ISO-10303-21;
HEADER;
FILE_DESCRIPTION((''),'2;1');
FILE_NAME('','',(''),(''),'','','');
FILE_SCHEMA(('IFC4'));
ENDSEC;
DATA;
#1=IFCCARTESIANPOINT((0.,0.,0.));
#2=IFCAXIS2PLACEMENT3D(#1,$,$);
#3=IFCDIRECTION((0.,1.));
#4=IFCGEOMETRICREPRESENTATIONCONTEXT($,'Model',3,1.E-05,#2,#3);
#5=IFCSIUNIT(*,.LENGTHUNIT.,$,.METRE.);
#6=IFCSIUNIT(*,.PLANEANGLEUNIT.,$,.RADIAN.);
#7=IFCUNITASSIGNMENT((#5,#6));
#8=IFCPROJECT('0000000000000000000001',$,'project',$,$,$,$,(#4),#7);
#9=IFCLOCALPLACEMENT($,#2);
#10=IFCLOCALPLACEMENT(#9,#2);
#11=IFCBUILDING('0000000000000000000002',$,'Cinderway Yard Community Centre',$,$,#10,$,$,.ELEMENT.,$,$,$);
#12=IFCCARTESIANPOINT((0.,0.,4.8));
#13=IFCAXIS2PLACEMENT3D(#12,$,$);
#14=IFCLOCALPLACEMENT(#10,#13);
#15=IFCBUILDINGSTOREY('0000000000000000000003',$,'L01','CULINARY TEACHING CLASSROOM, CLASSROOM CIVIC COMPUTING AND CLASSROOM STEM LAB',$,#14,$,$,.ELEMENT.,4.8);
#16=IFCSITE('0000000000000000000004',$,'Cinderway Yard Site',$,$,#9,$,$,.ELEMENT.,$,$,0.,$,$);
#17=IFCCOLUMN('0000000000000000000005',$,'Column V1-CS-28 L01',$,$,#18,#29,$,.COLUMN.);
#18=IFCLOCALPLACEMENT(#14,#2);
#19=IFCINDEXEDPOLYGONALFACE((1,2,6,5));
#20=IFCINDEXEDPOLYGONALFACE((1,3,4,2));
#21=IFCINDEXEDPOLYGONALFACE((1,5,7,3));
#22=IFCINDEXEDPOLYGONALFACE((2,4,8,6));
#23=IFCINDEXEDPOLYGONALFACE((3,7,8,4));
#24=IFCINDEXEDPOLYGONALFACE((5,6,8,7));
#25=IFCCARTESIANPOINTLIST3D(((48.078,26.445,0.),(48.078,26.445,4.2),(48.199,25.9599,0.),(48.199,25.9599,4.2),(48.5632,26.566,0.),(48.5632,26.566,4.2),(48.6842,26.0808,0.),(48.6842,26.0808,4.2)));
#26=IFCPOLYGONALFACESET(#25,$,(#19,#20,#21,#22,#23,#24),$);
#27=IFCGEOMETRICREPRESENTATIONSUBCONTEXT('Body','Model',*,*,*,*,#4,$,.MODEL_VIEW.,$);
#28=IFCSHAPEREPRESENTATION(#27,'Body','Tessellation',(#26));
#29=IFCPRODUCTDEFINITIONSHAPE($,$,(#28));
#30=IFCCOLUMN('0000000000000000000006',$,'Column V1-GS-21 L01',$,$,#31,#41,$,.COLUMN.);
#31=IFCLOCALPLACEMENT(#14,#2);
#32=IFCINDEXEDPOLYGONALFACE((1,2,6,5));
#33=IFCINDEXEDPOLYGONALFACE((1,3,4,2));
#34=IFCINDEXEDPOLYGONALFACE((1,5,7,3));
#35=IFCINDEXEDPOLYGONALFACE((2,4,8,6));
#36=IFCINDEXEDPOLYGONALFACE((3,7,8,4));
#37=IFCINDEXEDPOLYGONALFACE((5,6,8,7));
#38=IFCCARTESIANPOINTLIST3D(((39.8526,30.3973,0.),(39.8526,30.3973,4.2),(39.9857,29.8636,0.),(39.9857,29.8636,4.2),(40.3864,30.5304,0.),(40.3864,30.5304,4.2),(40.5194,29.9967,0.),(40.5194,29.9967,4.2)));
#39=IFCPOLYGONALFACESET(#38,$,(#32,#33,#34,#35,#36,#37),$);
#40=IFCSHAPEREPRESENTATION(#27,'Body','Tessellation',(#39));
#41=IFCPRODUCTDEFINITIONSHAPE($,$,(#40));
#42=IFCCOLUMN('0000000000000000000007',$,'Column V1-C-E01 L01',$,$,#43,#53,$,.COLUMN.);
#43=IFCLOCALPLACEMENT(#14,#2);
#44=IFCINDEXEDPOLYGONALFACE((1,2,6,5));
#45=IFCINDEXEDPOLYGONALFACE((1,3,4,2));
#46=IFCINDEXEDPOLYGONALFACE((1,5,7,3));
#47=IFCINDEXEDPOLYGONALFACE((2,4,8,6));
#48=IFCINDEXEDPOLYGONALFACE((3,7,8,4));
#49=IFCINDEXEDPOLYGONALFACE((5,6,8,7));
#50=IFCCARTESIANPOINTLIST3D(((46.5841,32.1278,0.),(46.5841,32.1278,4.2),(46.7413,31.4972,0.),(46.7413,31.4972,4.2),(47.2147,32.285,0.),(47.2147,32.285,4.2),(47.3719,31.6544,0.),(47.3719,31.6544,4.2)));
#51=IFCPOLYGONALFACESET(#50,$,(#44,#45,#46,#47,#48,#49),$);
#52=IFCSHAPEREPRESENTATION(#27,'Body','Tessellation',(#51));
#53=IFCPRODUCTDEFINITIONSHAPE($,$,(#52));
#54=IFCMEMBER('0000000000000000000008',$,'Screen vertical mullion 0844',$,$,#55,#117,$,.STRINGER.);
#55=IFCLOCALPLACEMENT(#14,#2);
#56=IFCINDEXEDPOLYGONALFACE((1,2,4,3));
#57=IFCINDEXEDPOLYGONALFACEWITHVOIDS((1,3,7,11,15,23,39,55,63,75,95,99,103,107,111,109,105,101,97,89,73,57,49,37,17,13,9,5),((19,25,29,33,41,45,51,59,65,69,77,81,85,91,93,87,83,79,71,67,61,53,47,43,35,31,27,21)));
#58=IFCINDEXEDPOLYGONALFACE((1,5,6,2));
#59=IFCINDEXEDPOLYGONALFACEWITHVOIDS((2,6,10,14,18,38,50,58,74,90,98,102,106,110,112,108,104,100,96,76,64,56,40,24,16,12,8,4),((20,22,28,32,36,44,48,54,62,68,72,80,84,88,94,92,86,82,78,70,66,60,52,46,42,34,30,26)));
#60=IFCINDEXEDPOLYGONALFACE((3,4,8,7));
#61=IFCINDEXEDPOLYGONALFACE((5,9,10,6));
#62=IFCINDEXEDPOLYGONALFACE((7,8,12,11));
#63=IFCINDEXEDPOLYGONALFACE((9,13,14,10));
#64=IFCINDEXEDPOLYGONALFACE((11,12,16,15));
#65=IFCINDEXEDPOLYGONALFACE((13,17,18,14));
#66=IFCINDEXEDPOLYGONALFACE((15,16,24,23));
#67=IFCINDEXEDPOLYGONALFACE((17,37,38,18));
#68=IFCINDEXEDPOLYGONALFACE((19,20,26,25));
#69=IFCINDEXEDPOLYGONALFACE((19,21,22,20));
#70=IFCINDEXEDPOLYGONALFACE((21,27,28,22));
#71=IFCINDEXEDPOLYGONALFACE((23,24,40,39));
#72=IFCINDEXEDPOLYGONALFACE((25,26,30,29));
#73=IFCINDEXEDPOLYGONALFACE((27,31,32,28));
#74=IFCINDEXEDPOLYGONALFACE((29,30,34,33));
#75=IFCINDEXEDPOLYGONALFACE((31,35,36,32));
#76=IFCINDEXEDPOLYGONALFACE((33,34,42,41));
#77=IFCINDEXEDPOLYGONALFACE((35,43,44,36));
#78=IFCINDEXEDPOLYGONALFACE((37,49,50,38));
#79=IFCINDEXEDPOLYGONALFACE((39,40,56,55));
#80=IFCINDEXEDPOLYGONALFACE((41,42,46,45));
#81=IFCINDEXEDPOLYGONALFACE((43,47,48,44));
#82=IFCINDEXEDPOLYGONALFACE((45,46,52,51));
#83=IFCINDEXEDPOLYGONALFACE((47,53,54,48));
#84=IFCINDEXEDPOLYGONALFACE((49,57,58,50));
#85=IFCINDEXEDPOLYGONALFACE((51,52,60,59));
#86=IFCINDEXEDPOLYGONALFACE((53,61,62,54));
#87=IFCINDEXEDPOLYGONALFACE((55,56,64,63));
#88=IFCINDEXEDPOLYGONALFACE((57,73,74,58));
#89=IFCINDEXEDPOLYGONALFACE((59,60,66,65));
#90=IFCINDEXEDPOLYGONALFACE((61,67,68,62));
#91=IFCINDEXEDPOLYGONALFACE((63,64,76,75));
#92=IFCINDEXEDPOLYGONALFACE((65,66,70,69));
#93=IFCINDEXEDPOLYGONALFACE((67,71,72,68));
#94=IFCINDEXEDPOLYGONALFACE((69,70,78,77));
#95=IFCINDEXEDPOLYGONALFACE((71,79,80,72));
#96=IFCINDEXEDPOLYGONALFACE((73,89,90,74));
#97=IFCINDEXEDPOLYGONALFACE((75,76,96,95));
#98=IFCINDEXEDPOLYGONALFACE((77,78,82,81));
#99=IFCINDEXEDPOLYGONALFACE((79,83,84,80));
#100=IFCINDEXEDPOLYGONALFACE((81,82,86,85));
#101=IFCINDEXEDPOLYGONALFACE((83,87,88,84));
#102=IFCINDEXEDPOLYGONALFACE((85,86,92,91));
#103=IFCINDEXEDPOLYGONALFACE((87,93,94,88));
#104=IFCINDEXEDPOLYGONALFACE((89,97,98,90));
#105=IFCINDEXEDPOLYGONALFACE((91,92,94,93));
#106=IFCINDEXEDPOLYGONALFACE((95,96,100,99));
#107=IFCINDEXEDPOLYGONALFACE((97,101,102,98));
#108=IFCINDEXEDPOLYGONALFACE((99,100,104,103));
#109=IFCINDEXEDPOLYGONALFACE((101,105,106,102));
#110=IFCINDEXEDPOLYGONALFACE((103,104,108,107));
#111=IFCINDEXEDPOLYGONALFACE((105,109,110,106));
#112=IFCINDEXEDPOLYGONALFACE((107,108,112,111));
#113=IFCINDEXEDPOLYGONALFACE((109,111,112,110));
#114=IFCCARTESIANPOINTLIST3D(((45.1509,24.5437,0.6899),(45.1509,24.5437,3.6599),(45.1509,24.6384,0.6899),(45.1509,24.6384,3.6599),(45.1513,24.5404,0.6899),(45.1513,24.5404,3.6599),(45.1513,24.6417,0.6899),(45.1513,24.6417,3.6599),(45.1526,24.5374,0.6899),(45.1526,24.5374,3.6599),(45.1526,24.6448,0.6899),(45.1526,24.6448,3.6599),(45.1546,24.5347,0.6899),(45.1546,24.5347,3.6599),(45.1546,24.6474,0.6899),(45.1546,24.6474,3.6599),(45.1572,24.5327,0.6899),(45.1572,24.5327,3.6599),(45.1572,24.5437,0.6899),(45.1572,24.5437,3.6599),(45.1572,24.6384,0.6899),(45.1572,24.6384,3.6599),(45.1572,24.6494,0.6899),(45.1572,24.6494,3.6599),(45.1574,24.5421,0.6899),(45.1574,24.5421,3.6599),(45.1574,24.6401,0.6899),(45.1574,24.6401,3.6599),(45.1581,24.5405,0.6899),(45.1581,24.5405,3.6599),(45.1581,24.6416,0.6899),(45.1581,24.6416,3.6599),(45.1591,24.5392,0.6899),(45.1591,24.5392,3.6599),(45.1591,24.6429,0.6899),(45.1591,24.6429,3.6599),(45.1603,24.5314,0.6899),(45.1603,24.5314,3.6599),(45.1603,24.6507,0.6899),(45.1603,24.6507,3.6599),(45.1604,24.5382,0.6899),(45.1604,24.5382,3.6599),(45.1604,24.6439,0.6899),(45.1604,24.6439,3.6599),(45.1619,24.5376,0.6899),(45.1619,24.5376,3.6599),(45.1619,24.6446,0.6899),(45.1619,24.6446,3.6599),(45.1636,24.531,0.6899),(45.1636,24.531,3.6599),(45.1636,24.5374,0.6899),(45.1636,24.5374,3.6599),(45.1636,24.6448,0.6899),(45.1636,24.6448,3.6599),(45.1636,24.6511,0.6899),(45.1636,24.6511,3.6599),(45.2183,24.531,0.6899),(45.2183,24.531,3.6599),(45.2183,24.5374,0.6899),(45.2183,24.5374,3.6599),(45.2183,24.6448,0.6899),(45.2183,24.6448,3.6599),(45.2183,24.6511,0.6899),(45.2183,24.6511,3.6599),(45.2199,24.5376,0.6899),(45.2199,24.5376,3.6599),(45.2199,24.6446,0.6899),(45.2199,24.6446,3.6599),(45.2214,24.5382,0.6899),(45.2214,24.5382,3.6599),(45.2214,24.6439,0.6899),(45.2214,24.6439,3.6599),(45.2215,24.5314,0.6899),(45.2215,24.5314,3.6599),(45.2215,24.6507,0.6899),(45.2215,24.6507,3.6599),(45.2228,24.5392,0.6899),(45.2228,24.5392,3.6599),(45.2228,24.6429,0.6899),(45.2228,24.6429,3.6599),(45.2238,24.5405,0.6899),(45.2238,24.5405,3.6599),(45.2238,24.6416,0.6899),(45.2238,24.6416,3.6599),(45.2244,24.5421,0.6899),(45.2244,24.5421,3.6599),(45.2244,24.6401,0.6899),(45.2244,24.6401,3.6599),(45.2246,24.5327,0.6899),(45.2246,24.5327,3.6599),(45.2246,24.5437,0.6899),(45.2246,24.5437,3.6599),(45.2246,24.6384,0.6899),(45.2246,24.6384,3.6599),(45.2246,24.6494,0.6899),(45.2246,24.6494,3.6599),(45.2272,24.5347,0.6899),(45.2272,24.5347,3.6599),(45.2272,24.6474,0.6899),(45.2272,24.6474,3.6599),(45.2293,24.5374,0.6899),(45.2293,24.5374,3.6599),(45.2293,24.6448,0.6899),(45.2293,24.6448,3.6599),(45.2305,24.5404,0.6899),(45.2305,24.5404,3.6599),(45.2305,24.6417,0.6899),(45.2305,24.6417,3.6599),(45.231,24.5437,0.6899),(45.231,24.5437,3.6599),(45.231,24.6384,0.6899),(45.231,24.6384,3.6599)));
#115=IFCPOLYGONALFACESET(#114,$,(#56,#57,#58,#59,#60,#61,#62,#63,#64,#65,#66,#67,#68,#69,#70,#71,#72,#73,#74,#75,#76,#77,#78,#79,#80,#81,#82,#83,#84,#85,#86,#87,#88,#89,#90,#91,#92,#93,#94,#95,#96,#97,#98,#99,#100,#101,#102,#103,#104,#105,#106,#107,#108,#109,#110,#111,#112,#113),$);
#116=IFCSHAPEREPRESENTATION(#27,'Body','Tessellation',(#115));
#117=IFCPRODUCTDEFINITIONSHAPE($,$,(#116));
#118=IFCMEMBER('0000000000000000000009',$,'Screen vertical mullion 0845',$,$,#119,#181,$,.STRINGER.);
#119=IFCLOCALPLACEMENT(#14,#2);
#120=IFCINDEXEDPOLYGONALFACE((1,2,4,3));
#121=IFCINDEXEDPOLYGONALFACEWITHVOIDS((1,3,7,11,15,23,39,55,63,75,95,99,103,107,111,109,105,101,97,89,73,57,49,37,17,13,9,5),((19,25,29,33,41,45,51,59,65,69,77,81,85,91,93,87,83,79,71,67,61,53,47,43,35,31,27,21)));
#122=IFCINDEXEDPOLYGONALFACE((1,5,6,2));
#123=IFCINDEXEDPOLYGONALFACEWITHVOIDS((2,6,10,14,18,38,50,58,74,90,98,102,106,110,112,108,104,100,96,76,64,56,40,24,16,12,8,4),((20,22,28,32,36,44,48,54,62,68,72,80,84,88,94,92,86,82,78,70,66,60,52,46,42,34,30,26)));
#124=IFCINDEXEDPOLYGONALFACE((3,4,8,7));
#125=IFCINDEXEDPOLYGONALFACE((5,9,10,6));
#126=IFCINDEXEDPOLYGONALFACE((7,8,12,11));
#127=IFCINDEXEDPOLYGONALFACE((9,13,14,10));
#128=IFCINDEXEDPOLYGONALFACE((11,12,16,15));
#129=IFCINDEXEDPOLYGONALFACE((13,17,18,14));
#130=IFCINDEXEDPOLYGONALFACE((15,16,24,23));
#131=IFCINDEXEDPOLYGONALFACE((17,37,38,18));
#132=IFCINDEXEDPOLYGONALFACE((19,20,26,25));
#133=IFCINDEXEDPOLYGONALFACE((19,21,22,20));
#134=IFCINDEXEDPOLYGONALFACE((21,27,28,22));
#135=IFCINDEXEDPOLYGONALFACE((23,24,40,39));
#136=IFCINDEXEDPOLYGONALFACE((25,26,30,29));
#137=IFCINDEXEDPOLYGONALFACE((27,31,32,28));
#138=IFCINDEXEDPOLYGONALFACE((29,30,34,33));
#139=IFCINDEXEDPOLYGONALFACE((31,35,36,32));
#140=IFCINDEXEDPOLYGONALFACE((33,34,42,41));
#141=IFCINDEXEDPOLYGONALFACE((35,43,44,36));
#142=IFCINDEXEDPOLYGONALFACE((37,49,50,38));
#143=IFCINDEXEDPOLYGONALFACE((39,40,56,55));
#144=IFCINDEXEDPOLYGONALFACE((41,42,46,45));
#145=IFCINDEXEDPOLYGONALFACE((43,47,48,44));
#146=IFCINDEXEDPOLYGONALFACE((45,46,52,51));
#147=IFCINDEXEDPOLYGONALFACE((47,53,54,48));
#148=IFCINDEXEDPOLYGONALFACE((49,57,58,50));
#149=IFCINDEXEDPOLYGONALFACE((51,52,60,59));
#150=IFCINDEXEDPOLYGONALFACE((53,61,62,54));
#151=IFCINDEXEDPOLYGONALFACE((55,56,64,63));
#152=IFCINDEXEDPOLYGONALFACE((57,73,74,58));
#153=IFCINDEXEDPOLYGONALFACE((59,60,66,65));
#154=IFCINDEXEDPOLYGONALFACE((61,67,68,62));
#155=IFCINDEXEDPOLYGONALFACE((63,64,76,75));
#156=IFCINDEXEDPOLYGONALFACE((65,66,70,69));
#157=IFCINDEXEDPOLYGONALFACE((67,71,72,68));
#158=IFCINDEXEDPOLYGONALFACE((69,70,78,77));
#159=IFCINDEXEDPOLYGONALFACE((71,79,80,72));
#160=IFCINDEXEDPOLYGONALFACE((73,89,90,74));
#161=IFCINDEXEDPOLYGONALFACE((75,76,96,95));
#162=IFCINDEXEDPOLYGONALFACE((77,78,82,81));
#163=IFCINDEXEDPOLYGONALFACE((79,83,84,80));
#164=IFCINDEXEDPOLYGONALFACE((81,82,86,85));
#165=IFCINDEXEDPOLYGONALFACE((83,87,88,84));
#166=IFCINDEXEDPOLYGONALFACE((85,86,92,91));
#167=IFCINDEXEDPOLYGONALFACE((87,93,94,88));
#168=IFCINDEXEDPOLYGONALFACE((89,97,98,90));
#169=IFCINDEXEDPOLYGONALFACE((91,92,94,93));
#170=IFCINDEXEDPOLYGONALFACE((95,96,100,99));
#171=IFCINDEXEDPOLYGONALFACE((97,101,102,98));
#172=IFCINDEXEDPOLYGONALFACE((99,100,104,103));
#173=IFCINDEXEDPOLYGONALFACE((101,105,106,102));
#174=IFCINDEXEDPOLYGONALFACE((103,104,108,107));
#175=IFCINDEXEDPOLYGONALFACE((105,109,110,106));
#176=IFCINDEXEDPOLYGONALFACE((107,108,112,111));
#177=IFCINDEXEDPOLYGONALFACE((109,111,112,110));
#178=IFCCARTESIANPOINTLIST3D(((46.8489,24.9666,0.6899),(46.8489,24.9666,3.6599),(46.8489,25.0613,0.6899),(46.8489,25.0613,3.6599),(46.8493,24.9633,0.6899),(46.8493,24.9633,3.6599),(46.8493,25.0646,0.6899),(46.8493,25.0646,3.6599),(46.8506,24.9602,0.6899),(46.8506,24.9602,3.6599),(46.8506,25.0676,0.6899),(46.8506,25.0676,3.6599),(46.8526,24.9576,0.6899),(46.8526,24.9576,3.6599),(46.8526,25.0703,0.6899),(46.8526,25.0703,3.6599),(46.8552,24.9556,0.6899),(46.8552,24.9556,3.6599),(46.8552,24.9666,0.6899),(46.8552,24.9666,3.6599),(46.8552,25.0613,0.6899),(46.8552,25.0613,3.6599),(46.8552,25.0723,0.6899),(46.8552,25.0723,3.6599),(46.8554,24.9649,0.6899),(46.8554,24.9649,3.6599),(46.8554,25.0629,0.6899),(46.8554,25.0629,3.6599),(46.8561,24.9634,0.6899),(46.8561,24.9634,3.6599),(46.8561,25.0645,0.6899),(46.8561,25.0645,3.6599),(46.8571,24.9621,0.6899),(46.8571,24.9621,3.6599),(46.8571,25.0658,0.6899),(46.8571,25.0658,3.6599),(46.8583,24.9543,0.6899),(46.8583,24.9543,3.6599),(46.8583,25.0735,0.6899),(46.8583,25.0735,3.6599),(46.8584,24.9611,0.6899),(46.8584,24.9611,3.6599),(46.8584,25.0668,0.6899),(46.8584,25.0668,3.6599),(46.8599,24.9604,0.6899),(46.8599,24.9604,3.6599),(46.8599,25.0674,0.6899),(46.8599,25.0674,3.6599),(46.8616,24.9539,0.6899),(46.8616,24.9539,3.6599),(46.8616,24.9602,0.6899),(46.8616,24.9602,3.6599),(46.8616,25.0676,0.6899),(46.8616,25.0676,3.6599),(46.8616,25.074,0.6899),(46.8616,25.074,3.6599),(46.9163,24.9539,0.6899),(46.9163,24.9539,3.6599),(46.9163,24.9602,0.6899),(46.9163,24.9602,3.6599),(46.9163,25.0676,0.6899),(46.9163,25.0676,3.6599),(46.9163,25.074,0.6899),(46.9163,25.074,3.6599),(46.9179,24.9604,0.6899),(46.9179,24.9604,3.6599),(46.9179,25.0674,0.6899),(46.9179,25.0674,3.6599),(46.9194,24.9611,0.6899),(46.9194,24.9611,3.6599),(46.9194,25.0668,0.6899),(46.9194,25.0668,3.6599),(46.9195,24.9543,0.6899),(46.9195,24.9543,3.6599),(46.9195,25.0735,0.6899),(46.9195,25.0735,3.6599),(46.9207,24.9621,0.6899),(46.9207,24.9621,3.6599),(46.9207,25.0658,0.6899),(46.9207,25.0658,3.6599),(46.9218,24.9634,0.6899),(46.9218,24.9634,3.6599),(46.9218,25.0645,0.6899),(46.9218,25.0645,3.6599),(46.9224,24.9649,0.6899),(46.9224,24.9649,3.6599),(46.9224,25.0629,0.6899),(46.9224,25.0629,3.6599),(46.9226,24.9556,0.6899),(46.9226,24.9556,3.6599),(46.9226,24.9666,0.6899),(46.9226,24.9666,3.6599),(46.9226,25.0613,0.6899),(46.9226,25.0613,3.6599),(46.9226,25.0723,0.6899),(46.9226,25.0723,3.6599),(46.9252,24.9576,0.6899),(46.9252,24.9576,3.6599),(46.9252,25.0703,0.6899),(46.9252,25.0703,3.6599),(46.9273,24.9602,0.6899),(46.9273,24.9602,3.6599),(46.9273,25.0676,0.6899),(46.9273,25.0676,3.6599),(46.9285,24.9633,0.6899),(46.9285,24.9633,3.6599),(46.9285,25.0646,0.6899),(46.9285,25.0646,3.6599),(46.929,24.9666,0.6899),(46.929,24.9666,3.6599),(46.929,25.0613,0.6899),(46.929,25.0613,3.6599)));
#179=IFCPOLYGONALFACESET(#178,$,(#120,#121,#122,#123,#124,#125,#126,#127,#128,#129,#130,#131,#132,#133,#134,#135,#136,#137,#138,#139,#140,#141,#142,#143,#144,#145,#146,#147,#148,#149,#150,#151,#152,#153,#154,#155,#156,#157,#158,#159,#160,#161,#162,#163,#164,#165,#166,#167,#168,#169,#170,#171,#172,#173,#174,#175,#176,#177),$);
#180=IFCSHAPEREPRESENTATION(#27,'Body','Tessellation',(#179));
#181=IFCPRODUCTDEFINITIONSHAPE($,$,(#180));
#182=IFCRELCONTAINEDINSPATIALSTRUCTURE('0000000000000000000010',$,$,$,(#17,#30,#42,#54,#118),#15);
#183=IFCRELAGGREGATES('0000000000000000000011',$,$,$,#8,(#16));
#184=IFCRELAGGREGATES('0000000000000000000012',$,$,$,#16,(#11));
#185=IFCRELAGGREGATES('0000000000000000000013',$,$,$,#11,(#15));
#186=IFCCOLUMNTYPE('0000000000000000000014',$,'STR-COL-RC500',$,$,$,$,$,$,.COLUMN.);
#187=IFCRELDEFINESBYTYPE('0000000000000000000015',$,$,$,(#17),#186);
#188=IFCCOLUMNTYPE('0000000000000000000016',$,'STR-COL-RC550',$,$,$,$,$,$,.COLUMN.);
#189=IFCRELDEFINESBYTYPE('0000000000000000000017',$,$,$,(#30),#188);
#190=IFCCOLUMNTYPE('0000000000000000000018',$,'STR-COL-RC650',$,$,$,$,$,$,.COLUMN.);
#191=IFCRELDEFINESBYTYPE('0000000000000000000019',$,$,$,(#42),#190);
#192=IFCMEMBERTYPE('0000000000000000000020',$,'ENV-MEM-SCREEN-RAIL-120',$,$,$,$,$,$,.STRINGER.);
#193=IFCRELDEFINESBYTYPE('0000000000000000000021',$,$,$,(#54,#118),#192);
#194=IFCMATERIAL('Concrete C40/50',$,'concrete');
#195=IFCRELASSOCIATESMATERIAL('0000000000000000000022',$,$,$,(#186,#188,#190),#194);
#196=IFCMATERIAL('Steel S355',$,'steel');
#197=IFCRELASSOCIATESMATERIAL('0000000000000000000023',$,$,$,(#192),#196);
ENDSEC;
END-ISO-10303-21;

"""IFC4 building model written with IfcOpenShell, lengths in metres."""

from ifc_helpers import new_model, si_unit, direction, frame, origin, origin_2d, place, context, subcontext, project, spatial, rectangle, hollow_rectangle, extrude, material, material_profile, profile_set, type_object, element, save


model = new_model("IFC4")

# Units and contexts
model_context = context("Model", 3, precision=1e-05, world=origin(), true_north=direction((0.0, 1.0)))
body_context = subcontext(model_context, "Body", "Model", "MODEL_VIEW")
ifc_project = project(units=[si_unit("LENGTHUNIT", "METRE"), si_unit("PLANEANGLEUNIT", "RADIAN")], contexts=[model_context])

# Site, building, storey
site_placement = place(None, origin())
site = spatial("IfcSite", under=ifc_project, at=site_placement, Name="Cinderway Yard Site", CompositionType="ELEMENT", RefElevation=0.0)
building_placement = place(site_placement, origin())
building = spatial("IfcBuilding", under=site, at=building_placement, Name="Cinderway Yard Community Centre", CompositionType="ELEMENT")
storey_placement = place(building_placement, frame((0.0, 0.0, 4.8)))
storey = spatial("IfcBuildingStorey", under=building, at=storey_placement, Name="L01", Description="CULINARY TEACHING CLASSROOM, CLASSROOM CIVIC COMPUTING AND CLASSROOM STEM LAB", CompositionType="ELEMENT", Elevation=4.8)

# Columns
ifc_material_1 = material(Name="Concrete C40/50", Category="concrete")
ifc_material_profile_1 = material_profile(ifc_material_1, rectangle(XDim=0.5, YDim=0.5, at=origin_2d()), Name="Concrete C40/50")
ifc_profile_set_1 = profile_set([ifc_material_profile_1], Name="Concrete C40/50")
column_type_1 = type_object("IfcColumnType", Name="STR-COL-RC500", PredefinedType="COLUMN", material=ifc_profile_set_1)
column_1_placement = place(storey_placement, frame((48.3811, 26.2629, 0.0), z_axis=(0.0, 0.0, 1.0), x_axis=(0.970296, 0.241922, 0.0)))
element("IfcColumn", 1, at=column_1_placement, inside=storey, type_object=column_type_1, Name="Column V1-CS-28 L01", PredefinedType="COLUMN", context=body_context, shape_type="SweptSolid", body=[
    extrude(rectangle(XDim=0.5, YDim=0.5, at=origin_2d()), origin(), (0.0, 0.0, 1.0), 4.2),
])
ifc_material_profile_2 = material_profile(ifc_material_1, rectangle(XDim=0.55, YDim=0.55, at=origin_2d()), Name="Concrete C40/50")
ifc_profile_set_2 = profile_set([ifc_material_profile_2], Name="Concrete C40/50")
column_type_2 = type_object("IfcColumnType", Name="STR-COL-RC550", PredefinedType="COLUMN", material=ifc_profile_set_2)
column_2_placement = place(storey_placement, frame((40.186, 30.197, 0.0), z_axis=(0.0, 0.0, 1.0), x_axis=(0.970296, 0.241922, 0.0)))
element("IfcColumn", 2, at=column_2_placement, inside=storey, type_object=column_type_2, Name="Column V1-GS-21 L01", PredefinedType="COLUMN", context=body_context, shape_type="SweptSolid", body=[
    extrude(rectangle(XDim=0.55, YDim=0.55, at=origin_2d()), origin(), (0.0, 0.0, 1.0), 4.2),
])
ifc_material_profile_3 = material_profile(ifc_material_1, rectangle(XDim=0.6499, YDim=0.6499, at=origin_2d()), Name="Concrete C40/50")
ifc_profile_set_3 = profile_set([ifc_material_profile_3], Name="Concrete C40/50")
column_type_3 = type_object("IfcColumnType", Name="STR-COL-RC650", PredefinedType="COLUMN", material=ifc_profile_set_3)
column_3_placement = place(storey_placement, frame((46.978, 31.8911, 0.0), z_axis=(0.0, 0.0, 1.0), x_axis=(0.970296, 0.241922, 0.0)))
element("IfcColumn", 3, at=column_3_placement, inside=storey, type_object=column_type_3, Name="Column V1-C-E01 L01", PredefinedType="COLUMN", context=body_context, shape_type="SweptSolid", body=[
    extrude(rectangle(XDim=0.6499, YDim=0.6499, at=origin_2d()), origin(), (0.0, 0.0, 1.0), 4.2),
])

# Members
ifc_material_2 = material(Name="Steel S355", Category="steel")
ifc_material_profile_4 = material_profile(ifc_material_2, hollow_rectangle(XDim=0.0801, YDim=0.1201, WallThickness=0.0063, InnerFilletRadius=0.0063, OuterFilletRadius=0.0127, at=origin_2d()), Name="Steel S355")
ifc_profile_set_4 = profile_set([ifc_material_profile_4], Name="Steel S355")
member_type_1 = type_object("IfcMemberType", Name="ENV-MEM-SCREEN-RAIL-120", PredefinedType="STRINGER", material=ifc_profile_set_4)
for number, where, z_axis, x_axis, name in (
    (4, (45.1909, 24.5911, 0.6899), (0.0, 0.0, 1.0), (1.0, 0.0, 0.0), "Screen vertical mullion 0844"),
    (5, (46.8889, 25.0139, 0.6899), (0.0, 0.0, 1.0), (1.0, 0.0, 0.0), "Screen vertical mullion 0845"),
):
    element("IfcMember", number, at=place(storey_placement, frame(where, z_axis=z_axis, x_axis=x_axis)), inside=storey, type_object=member_type_1, Name=name, PredefinedType="STRINGER", context=body_context, shape_type="SweptSolid", body=[
        extrude(hollow_rectangle(XDim=0.0801, YDim=0.1201, WallThickness=0.0063, InnerFilletRadius=0.0063, OuterFilletRadius=0.0127, at=origin_2d()), origin(), (0.0, 0.0, 1.0), 2.97),
    ])

save(model, "model.ifc")
